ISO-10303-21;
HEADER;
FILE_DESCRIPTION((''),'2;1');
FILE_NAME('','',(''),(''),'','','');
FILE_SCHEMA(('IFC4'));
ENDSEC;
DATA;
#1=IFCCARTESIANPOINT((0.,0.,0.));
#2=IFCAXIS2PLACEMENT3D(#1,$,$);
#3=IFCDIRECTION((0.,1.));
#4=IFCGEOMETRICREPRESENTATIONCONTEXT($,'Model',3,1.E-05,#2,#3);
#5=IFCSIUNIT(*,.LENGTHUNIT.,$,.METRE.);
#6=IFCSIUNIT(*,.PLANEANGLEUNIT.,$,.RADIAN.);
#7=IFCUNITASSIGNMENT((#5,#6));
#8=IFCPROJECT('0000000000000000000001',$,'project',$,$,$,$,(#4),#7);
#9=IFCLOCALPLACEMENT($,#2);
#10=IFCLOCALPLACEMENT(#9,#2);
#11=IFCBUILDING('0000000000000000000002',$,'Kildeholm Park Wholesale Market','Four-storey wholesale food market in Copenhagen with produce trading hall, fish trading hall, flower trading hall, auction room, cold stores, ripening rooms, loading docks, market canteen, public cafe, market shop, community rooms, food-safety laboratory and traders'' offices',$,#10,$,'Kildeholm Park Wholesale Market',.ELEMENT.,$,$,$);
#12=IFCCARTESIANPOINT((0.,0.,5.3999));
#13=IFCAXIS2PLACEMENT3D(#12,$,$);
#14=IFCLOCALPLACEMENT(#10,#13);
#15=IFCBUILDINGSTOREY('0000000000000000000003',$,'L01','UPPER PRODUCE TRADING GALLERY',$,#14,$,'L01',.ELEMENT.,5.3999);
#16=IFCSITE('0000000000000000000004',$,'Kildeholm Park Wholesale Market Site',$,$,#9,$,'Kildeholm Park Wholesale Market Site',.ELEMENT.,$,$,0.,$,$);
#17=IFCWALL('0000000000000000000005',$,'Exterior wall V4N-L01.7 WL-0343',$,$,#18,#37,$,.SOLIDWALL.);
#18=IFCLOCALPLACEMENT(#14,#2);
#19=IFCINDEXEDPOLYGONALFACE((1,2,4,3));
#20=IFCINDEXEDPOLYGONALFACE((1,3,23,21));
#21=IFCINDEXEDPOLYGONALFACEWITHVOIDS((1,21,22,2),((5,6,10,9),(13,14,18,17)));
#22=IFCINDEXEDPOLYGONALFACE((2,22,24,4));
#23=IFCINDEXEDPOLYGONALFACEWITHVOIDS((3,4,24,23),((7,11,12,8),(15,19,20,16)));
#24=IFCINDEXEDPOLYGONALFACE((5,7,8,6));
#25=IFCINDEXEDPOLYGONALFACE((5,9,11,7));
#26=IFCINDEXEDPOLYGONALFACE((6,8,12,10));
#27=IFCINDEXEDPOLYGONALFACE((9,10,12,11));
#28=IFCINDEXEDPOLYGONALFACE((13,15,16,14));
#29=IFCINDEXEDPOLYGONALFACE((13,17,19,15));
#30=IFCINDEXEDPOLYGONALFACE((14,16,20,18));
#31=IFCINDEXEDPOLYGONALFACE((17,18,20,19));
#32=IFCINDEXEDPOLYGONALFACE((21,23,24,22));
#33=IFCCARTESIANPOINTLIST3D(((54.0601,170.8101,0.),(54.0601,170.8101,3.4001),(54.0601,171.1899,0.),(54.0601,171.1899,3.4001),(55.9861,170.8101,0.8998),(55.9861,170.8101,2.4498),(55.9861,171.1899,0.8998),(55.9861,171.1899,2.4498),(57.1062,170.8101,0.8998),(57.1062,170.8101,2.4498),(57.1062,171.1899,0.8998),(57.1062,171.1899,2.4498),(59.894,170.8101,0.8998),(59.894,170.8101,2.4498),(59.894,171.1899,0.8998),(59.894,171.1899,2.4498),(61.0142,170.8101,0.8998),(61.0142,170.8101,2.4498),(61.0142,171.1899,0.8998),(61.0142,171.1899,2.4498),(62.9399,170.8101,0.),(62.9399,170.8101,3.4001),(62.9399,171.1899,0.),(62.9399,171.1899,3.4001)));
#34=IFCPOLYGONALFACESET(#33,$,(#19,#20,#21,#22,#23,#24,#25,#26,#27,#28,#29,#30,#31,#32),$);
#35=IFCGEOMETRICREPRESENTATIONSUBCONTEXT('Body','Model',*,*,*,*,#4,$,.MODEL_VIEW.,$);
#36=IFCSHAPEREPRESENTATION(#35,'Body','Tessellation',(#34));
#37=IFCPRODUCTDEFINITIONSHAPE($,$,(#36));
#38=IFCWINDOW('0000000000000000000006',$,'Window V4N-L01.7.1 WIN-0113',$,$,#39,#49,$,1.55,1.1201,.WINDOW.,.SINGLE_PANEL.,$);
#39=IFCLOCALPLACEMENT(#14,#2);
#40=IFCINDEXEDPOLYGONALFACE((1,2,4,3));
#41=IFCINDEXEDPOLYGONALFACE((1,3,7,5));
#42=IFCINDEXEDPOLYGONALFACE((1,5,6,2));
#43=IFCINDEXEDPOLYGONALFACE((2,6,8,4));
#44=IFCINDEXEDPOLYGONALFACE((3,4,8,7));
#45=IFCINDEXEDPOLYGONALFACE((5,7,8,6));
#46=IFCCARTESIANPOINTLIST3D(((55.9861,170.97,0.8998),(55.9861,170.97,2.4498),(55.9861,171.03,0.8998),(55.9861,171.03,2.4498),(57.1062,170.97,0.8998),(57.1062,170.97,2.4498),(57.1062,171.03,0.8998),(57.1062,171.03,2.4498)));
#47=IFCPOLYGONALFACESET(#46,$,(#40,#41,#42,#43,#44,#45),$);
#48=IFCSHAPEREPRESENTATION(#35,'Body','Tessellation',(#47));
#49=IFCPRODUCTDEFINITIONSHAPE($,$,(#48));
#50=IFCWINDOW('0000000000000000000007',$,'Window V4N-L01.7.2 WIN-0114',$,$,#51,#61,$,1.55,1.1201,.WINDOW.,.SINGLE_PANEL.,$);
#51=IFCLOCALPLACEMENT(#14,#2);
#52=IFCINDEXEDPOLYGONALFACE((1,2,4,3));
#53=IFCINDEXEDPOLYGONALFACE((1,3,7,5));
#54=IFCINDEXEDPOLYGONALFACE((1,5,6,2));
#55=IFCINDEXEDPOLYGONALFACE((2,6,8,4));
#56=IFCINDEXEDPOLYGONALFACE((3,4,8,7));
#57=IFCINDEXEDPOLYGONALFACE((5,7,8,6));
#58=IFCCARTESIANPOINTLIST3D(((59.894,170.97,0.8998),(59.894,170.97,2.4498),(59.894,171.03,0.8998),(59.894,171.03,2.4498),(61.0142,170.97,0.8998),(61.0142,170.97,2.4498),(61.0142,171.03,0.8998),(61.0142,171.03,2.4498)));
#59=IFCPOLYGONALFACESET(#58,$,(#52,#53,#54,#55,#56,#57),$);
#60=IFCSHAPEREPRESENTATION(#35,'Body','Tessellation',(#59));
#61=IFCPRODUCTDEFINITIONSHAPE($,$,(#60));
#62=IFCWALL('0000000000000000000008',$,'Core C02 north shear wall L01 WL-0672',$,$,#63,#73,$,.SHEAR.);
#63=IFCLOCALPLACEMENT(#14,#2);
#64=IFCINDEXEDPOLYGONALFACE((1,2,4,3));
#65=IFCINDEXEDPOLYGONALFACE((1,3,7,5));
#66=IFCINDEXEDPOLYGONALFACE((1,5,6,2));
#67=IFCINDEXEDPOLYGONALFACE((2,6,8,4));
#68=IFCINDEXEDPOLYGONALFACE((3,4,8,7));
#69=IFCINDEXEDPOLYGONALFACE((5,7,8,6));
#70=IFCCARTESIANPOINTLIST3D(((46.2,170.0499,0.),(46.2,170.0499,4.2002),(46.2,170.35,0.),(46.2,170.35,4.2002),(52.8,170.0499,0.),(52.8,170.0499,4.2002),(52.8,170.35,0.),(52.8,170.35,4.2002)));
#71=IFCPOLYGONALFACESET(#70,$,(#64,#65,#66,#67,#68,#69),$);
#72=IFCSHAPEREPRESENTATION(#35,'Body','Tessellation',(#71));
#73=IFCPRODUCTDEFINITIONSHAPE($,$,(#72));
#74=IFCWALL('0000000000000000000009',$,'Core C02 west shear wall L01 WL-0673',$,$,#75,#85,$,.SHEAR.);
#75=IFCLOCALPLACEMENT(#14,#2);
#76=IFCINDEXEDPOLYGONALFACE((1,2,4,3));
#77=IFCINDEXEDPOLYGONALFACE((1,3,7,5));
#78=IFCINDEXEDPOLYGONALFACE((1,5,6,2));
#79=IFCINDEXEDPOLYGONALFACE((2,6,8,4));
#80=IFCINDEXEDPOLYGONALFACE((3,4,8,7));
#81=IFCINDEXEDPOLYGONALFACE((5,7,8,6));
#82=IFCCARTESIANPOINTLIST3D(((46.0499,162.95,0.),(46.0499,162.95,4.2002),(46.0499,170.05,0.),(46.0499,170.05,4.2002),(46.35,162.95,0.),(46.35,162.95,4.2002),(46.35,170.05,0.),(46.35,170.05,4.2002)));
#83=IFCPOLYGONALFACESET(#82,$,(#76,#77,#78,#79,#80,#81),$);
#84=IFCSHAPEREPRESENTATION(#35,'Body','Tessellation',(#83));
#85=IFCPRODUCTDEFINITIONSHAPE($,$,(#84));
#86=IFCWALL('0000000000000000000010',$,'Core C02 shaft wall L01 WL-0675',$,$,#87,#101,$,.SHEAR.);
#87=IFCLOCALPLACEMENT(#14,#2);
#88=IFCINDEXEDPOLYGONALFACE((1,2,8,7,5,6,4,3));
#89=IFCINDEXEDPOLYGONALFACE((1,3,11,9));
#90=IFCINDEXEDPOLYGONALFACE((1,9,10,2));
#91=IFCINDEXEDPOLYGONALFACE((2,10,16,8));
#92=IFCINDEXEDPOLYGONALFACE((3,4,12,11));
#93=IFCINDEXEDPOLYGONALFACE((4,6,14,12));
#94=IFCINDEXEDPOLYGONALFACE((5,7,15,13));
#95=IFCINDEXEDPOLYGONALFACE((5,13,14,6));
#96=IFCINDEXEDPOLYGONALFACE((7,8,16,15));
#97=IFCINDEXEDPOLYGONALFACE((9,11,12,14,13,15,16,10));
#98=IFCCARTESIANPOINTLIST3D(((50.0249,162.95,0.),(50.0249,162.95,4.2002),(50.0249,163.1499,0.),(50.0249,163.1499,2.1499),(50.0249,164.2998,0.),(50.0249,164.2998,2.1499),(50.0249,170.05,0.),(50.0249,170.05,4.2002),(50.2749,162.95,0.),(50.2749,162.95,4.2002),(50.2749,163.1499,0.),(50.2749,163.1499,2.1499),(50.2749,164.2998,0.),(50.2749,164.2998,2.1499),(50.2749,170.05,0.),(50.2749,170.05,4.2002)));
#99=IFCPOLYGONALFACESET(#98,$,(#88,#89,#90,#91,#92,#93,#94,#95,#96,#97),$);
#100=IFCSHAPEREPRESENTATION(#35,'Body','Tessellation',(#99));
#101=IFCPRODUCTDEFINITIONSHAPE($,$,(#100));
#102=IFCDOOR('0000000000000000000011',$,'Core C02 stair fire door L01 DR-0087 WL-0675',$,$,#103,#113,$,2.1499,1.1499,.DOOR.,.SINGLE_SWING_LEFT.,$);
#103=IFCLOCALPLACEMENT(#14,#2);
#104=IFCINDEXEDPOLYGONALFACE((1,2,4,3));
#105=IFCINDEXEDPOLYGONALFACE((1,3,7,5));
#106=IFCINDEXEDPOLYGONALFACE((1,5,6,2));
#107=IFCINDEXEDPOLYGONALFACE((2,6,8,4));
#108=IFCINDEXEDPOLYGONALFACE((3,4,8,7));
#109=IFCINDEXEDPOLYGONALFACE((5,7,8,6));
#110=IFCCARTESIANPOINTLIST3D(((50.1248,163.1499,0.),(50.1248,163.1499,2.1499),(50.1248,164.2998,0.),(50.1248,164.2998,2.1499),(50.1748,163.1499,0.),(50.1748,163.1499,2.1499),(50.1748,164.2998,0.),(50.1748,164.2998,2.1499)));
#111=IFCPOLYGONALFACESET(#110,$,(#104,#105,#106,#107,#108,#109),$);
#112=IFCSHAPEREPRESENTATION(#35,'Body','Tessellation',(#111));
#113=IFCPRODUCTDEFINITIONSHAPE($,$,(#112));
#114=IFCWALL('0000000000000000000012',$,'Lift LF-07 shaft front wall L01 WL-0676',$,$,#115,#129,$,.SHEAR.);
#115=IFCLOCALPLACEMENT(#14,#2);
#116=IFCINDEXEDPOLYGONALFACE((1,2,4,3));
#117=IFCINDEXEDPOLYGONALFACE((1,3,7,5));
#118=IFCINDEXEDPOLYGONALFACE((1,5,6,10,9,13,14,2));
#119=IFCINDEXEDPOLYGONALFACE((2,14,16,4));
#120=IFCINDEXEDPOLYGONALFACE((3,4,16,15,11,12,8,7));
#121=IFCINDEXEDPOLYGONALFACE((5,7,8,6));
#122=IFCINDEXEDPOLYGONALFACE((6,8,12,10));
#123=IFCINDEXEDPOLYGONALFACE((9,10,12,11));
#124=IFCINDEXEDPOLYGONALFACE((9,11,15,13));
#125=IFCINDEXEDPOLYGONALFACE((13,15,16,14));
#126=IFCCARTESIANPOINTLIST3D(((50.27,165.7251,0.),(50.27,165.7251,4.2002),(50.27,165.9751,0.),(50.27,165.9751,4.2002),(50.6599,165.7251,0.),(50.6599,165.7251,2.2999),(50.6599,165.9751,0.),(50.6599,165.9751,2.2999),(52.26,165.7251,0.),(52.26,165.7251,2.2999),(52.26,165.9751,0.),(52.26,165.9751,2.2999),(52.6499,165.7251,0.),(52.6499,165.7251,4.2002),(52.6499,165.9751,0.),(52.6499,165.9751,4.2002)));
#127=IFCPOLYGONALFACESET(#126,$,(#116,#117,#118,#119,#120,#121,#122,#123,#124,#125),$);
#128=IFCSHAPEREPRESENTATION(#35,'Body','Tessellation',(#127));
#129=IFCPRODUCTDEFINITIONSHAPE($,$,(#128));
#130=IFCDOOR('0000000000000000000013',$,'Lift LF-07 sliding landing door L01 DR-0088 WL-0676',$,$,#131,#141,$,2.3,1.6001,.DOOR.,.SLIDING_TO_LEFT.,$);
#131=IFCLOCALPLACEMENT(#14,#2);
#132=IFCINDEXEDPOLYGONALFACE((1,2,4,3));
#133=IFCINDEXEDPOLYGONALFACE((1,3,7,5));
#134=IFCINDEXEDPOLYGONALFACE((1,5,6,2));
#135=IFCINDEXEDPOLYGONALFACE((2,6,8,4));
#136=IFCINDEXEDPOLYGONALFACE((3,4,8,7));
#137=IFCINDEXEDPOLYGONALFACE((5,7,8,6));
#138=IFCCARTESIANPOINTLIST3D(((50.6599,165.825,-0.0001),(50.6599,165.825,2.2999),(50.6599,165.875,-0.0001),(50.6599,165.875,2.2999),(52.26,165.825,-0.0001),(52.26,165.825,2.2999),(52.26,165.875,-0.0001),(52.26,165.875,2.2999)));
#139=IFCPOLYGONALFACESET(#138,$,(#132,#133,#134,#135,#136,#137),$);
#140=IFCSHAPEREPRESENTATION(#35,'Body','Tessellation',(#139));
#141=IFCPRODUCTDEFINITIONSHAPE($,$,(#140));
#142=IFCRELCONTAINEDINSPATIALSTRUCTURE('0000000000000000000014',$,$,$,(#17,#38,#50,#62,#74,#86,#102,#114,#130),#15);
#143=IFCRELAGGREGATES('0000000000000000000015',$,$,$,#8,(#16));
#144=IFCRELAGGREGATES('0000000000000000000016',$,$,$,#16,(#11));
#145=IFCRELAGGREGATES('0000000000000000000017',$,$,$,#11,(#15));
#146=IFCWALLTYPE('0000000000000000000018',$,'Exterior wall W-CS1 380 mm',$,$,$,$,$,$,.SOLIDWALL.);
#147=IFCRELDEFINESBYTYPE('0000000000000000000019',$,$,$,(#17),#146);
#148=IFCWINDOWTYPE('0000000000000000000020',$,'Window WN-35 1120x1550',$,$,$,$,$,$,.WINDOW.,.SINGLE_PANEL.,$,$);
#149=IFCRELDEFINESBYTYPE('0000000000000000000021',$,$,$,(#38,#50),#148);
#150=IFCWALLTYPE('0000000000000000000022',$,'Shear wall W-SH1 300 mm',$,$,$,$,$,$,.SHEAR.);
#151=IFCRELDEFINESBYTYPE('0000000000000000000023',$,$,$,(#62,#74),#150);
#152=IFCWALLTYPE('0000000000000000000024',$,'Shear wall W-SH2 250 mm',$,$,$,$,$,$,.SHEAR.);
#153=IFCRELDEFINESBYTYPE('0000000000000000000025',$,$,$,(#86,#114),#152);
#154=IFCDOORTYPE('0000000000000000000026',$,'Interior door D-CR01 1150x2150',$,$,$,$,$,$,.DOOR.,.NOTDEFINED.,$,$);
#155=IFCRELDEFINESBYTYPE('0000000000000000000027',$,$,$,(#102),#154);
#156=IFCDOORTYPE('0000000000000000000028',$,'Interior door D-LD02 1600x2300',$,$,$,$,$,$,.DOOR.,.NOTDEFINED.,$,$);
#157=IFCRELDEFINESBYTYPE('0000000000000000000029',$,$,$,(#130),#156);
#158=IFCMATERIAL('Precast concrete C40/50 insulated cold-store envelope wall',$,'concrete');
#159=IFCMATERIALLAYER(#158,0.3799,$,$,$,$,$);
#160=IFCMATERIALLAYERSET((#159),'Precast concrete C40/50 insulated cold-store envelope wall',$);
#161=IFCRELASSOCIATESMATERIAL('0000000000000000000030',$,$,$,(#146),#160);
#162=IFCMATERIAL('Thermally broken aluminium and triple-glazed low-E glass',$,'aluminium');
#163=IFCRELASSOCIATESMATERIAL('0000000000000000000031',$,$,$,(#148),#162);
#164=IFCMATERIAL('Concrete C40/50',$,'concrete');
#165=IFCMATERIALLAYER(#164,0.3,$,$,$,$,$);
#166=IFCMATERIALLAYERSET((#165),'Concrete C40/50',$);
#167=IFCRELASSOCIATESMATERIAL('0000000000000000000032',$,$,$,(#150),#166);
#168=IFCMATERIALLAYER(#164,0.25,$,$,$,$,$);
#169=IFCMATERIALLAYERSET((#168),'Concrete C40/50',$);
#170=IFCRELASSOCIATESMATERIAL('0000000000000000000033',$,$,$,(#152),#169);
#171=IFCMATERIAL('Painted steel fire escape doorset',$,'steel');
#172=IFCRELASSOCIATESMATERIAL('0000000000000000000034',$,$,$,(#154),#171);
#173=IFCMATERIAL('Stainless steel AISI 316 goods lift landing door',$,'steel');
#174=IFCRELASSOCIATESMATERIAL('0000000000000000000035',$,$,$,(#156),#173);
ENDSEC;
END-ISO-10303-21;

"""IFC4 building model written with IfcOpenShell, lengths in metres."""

from ifc_helpers import new_model, si_unit, direction, frame, frame_2d, origin, place, context, subcontext, project, spatial, rectangle, extrude, material, layer, layer_set, type_object, element, fill, save


model = new_model("IFC4")

# Units and contexts
model_context = context("Model", 3, precision=1e-05, world=origin(), true_north=direction((0.0, 1.0)))
body_context = subcontext(model_context, "Body", "Model", "MODEL_VIEW")
ifc_project = project(units=[si_unit("LENGTHUNIT", "METRE"), si_unit("PLANEANGLEUNIT", "RADIAN")], contexts=[model_context])

# Site, building, storey
site_placement = place(None, origin())
site = spatial("IfcSite", under=ifc_project, at=site_placement, Name="Kildeholm Park Wholesale Market Site", LongName="Kildeholm Park Wholesale Market Site", CompositionType="ELEMENT", RefElevation=0.0)
building_placement = place(site_placement, origin())
building = spatial("IfcBuilding", under=site, at=building_placement, Name="Kildeholm Park Wholesale Market", Description="Four-storey wholesale food market in Copenhagen with produce trading hall, fish trading hall, flower trading hall, auction room, cold stores, ripening rooms, loading docks, market canteen, public cafe, market shop, community rooms, food-safety laboratory and traders' offices", LongName="Kildeholm Park Wholesale Market", CompositionType="ELEMENT")
storey_placement = place(building_placement, frame((0.0, 0.0, 5.3999)))
storey = spatial("IfcBuildingStorey", under=building, at=storey_placement, Name="L01", Description="UPPER PRODUCE TRADING GALLERY", LongName="L01", CompositionType="ELEMENT", Elevation=5.3999)

# Shared definitions
ifc_material_1 = material(Name="Concrete C40/50", Category="concrete")

# Wall, openings, windows
ifc_material_2 = material(Name="Precast concrete C40/50 insulated cold-store envelope wall", Category="concrete")
ifc_layer_1 = layer(ifc_material_2, 0.3799)
ifc_layer_set_1 = layer_set([ifc_layer_1], Name="Precast concrete C40/50 insulated cold-store envelope wall")
wall_type_1 = type_object("IfcWallType", Name="Exterior wall W-CS1 380 mm", PredefinedType="SOLIDWALL", material=ifc_layer_set_1)
wall_1_placement = place(storey_placement, frame((54.0601, 171.0, 0.0), z_axis=(0.0, 0.0, 1.0), x_axis=(1.0, 0.0, 0.0)))
wall_1 = element("IfcWall", 1, at=wall_1_placement, inside=storey, type_object=wall_type_1, Name="Exterior wall V4N-L01.7 WL-0343", PredefinedType="SOLIDWALL", context=body_context, shape_type="SweptSolid", body=[
    extrude(rectangle(XDim=8.8799, YDim=0.3799, at=frame_2d((4.4399, 0.0))), origin(), (0.0, 0.0, 1.0), 3.4001),
])
opening_1_placement = place(wall_1_placement, frame((1.926, 0.0, 0.8999)))
opening_1 = element("IfcOpeningElement", 2, at=opening_1_placement, cuts=wall_1, PredefinedType="OPENING", context=body_context, shape_type="SweptSolid", body=[
    extrude(rectangle(XDim=1.1201, YDim=1.55, at=frame_2d((0.5601, 0.7749))), frame((0.0, 0.2, 0.0), z_axis=(0.0, -1.0, 0.0), x_axis=(1.0, 0.0, 0.0)), (0.0, 0.0, 1.0), 0.3999),
])
opening_2_placement = place(wall_1_placement, frame((5.834, 0.0, 0.8999)))
opening_2 = element("IfcOpeningElement", 3, at=opening_2_placement, cuts=wall_1, PredefinedType="OPENING", context=body_context, shape_type="SweptSolid", body=[
    extrude(rectangle(XDim=1.1201, YDim=1.55, at=frame_2d((0.5601, 0.7749))), frame((0.0, 0.2, 0.0), z_axis=(0.0, -1.0, 0.0), x_axis=(1.0, 0.0, 0.0)), (0.0, 0.0, 1.0), 0.3999),
])
ifc_material_3 = material(Name="Thermally broken aluminium and triple-glazed low-E glass", Category="aluminium")
window_type = type_object("IfcWindowType", Name="Window WN-35 1120x1550", PartitioningType="SINGLE_PANEL", PredefinedType="WINDOW", material=ifc_material_3)
window_1_placement = place(opening_1_placement, origin())
window_1 = element("IfcWindow", 4, at=window_1_placement, inside=storey, type_object=window_type, Name="Window V4N-L01.7.1 WIN-0113", OverallHeight=1.55, OverallWidth=1.1201, PartitioningType="SINGLE_PANEL", PredefinedType="WINDOW", context=body_context, shape_type="SweptSolid", body=[
    extrude(rectangle(XDim=1.1201, YDim=1.55, at=frame_2d((0.5601, 0.7749))), frame((0.0, 0.03, 0.0), z_axis=(0.0, -1.0, 0.0), x_axis=(1.0, 0.0, 0.0)), (0.0, 0.0, 1.0), 0.0601),
])
fill(opening_1, window_1)
window_2_placement = place(opening_2_placement, origin())
window_2 = element("IfcWindow", 5, at=window_2_placement, inside=storey, type_object=window_type, Name="Window V4N-L01.7.2 WIN-0114", OverallHeight=1.55, OverallWidth=1.1201, PartitioningType="SINGLE_PANEL", PredefinedType="WINDOW", context=body_context, shape_type="SweptSolid", body=[
    extrude(rectangle(XDim=1.1201, YDim=1.55, at=frame_2d((0.5601, 0.7749))), frame((0.0, 0.03, 0.0), z_axis=(0.0, -1.0, 0.0), x_axis=(1.0, 0.0, 0.0)), (0.0, 0.0, 1.0), 0.0601),
])
fill(opening_2, window_2)

# Walls
ifc_layer_2 = layer(ifc_material_1, 0.3)
ifc_layer_set_2 = layer_set([ifc_layer_2], Name="Concrete C40/50")
wall_type_2 = type_object("IfcWallType", Name="Shear wall W-SH1 300 mm", PredefinedType="SHEAR", material=ifc_layer_set_2)
wall_2_placement = place(storey_placement, frame((46.2, 170.2, 0.0), z_axis=(0.0, 0.0, 1.0), x_axis=(1.0, 0.0, 0.0)))
element("IfcWall", 6, at=wall_2_placement, inside=storey, type_object=wall_type_2, Name="Core C02 north shear wall L01 WL-0672", PredefinedType="SHEAR", context=body_context, shape_type="SweptSolid", body=[
    extrude(rectangle(XDim=6.6001, YDim=0.3, at=frame_2d((3.3, 0.0))), origin(), (0.0, 0.0, 1.0), 4.2002),
])
wall_3_placement = place(storey_placement, frame((46.2, 162.95, 0.0), z_axis=(0.0, 0.0, 1.0), x_axis=(0.0, 1.0, 0.0)))
element("IfcWall", 7, at=wall_3_placement, inside=storey, type_object=wall_type_2, Name="Core C02 west shear wall L01 WL-0673", PredefinedType="SHEAR", context=body_context, shape_type="SweptSolid", body=[
    extrude(rectangle(XDim=7.1001, YDim=0.3, at=frame_2d((3.55, 0.0))), origin(), (0.0, 0.0, 1.0), 4.2002),
])

# Walls, openings, doors
ifc_layer_3 = layer(ifc_material_1, 0.25)
ifc_layer_set_3 = layer_set([ifc_layer_3], Name="Concrete C40/50")
wall_type_3 = type_object("IfcWallType", Name="Shear wall W-SH2 250 mm", PredefinedType="SHEAR", material=ifc_layer_set_3)
wall_4_placement = place(storey_placement, frame((50.1499, 162.95, 0.0), z_axis=(0.0, 0.0, 1.0), x_axis=(0.0, 1.0, 0.0)))
wall_4 = element("IfcWall", 8, at=wall_4_placement, inside=storey, type_object=wall_type_3, Name="Core C02 shaft wall L01 WL-0675", PredefinedType="SHEAR", context=body_context, shape_type="SweptSolid", body=[
    extrude(rectangle(XDim=7.1001, YDim=0.25, at=frame_2d((3.55, 0.0))), origin(), (0.0, 0.0, 1.0), 4.2002),
])
opening_3_placement = place(wall_4_placement, frame((0.2, 0.0, 0.0)))
opening_3 = element("IfcOpeningElement", 9, at=opening_3_placement, cuts=wall_4, PredefinedType="OPENING", context=body_context, shape_type="SweptSolid", body=[
    extrude(rectangle(XDim=1.1499, YDim=2.1499, at=frame_2d((0.575, 1.075))), frame((0.0, 0.135, 0.0), z_axis=(0.0, -1.0, 0.0), x_axis=(1.0, 0.0, 0.0)), (0.0, 0.0, 1.0), 0.27),
])
ifc_material_4 = material(Name="Painted steel fire escape doorset", Category="steel")
door_type_1 = type_object("IfcDoorType", Name="Interior door D-CR01 1150x2150", OperationType="NOTDEFINED", PredefinedType="DOOR", material=ifc_material_4)
door_1_placement = place(opening_3_placement, frame((1.1499, 0.0, 0.0), z_axis=(0.0, 0.0, 1.0), x_axis=(-1.0, 0.0, 0.0)))
door_1 = element("IfcDoor", 10, at=door_1_placement, inside=storey, type_object=door_type_1, Name="Core C02 stair fire door L01 DR-0087 WL-0675", OperationType="SINGLE_SWING_LEFT", OverallHeight=2.1499, OverallWidth=1.1499, PredefinedType="DOOR", context=body_context, shape_type="SweptSolid", body=[
    extrude(rectangle(XDim=1.1499, YDim=2.1499, at=frame_2d((0.575, 1.075))), frame((0.0, 0.0249, 0.0), z_axis=(0.0, -1.0, 0.0), x_axis=(1.0, 0.0, 0.0)), (0.0, 0.0, 1.0), 0.05),
])
fill(opening_3, door_1)
wall_5_placement = place(storey_placement, frame((50.27, 165.8501, 0.0), z_axis=(0.0, 0.0, 1.0), x_axis=(1.0, 0.0, 0.0)))
wall_5 = element("IfcWall", 11, at=wall_5_placement, inside=storey, type_object=wall_type_3, Name="Lift LF-07 shaft front wall L01 WL-0676", PredefinedType="SHEAR", context=body_context, shape_type="SweptSolid", body=[
    extrude(rectangle(XDim=2.3799, YDim=0.25, at=frame_2d((1.1899, 0.0))), origin(), (0.0, 0.0, 1.0), 4.2002),
])
opening_4_placement = place(wall_5_placement, frame((0.3899, 0.0, 0.0)))
opening_4 = element("IfcOpeningElement", 12, at=opening_4_placement, cuts=wall_5, PredefinedType="OPENING", context=body_context, shape_type="SweptSolid", body=[
    extrude(rectangle(XDim=1.6001, YDim=2.3, at=frame_2d((0.8, 1.1499))), frame((0.0, 0.135, 0.0), z_axis=(0.0, -1.0, 0.0), x_axis=(1.0, 0.0, 0.0)), (0.0, 0.0, 1.0), 0.27),
])
ifc_material_5 = material(Name="Stainless steel AISI 316 goods lift landing door", Category="steel")
door_type_2 = type_object("IfcDoorType", Name="Interior door D-LD02 1600x2300", OperationType="NOTDEFINED", PredefinedType="DOOR", material=ifc_material_5)
door_2_placement = place(opening_4_placement, origin())
door_2 = element("IfcDoor", 13, at=door_2_placement, inside=storey, type_object=door_type_2, Name="Lift LF-07 sliding landing door L01 DR-0088 WL-0676", OperationType="SLIDING_TO_LEFT", OverallHeight=2.3, OverallWidth=1.6001, PredefinedType="DOOR", context=body_context, shape_type="SweptSolid", body=[
    extrude(rectangle(XDim=1.6001, YDim=2.3, at=frame_2d((0.8, 1.1499))), frame((0.0, 0.0249, 0.0), z_axis=(0.0, -1.0, 0.0), x_axis=(1.0, 0.0, 0.0)), (0.0, 0.0, 1.0), 0.05),
])
fill(opening_4, door_2)

save(model, "model.ifc")
